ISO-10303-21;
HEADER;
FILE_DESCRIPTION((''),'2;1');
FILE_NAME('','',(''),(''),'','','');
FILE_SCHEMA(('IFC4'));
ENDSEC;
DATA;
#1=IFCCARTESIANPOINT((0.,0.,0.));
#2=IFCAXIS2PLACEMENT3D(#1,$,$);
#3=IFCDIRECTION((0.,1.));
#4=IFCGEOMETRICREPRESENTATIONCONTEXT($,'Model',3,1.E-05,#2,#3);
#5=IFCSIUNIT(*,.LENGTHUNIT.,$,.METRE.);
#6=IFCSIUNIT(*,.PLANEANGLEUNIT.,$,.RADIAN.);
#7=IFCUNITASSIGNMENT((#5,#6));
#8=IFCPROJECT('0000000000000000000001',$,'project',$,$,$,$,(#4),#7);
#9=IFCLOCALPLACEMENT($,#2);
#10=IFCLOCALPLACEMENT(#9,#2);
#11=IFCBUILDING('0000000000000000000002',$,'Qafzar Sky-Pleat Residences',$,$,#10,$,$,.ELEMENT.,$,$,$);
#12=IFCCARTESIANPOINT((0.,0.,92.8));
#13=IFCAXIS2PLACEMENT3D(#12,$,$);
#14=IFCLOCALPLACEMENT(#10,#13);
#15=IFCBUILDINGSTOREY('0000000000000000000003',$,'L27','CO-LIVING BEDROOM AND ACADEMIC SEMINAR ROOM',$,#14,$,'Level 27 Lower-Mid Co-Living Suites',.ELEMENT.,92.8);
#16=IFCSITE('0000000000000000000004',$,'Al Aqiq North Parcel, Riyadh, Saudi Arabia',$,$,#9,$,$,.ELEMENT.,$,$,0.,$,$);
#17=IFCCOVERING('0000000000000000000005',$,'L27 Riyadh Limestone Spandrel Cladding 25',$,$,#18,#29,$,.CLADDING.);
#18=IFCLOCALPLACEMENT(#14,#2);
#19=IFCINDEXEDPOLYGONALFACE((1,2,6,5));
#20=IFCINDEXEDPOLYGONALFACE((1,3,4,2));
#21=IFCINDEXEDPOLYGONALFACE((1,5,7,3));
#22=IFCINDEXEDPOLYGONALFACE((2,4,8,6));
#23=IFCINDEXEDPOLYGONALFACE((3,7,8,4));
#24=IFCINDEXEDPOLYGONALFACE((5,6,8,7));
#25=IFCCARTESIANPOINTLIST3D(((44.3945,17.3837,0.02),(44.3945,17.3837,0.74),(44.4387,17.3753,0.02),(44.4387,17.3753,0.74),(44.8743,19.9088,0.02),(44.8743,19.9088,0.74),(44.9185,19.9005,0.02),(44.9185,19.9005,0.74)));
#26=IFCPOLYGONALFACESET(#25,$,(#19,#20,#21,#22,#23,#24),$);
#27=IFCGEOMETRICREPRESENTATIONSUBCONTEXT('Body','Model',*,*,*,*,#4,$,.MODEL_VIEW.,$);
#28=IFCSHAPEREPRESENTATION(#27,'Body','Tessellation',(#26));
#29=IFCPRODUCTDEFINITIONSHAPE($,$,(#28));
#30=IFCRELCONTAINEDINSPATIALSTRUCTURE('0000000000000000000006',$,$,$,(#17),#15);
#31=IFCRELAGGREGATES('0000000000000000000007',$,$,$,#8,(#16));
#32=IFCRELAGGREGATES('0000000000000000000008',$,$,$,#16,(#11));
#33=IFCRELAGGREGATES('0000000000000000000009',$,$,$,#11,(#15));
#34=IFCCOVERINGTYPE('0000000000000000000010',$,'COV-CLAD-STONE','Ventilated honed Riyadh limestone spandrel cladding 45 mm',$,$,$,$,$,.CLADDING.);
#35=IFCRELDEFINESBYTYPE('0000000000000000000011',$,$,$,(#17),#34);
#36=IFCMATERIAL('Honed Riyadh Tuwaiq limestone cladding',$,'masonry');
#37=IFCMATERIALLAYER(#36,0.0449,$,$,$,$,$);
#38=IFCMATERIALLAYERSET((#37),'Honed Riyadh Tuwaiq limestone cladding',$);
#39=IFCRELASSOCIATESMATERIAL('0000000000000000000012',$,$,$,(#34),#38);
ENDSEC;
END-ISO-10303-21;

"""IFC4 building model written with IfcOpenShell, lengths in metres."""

from ifc_helpers import new_model, si_unit, direction, frame, origin, origin_2d, place, context, subcontext, project, spatial, rectangle, extrude, source, transform, mapped, material, layer, layer_set, type_object, element, save


model = new_model("IFC4")

# Units and contexts
model_context = context("Model", 3, precision=1e-05, world=origin(), true_north=direction((0.0, 1.0)))
body_context = subcontext(model_context, "Body", "Model", "MODEL_VIEW")
ifc_project = project(units=[si_unit("LENGTHUNIT", "METRE"), si_unit("PLANEANGLEUNIT", "RADIAN")], contexts=[model_context])

# Site, building, storey
site_placement = place(None, origin())
site = spatial("IfcSite", under=ifc_project, at=site_placement, Name="Al Aqiq North Parcel, Riyadh, Saudi Arabia", CompositionType="ELEMENT", RefElevation=0.0)
building_placement = place(site_placement, origin())
building = spatial("IfcBuilding", under=site, at=building_placement, Name="Qafzar Sky-Pleat Residences", CompositionType="ELEMENT")
storey_placement = place(building_placement, frame((0.0, 0.0, 92.8)))
storey = spatial("IfcBuildingStorey", under=building, at=storey_placement, Name="L27", Description="CO-LIVING BEDROOM AND ACADEMIC SEMINAR ROOM", LongName="Level 27 Lower-Mid Co-Living Suites", CompositionType="ELEMENT", Elevation=92.8)

# Covering
ifc_material_1 = material(Name="Honed Riyadh Tuwaiq limestone cladding", Category="masonry")
ifc_layer_1 = layer(ifc_material_1, 0.0449)
ifc_layer_set_1 = layer_set([ifc_layer_1], Name="Honed Riyadh Tuwaiq limestone cladding")
covering_type = type_object("IfcCoveringType", Name="COV-CLAD-STONE", Description="Ventilated honed Riyadh limestone spandrel cladding 45 mm", PredefinedType="CLADDING", material=ifc_layer_set_1)
shared_shape_1 = source(origin(), body_context, "Body", "SweptSolid", [
    extrude(rectangle(XDim=2.5703, YDim=0.0449, at=origin_2d()), origin(), (0.0, 0.0, 1.0), 0.72),
])
covering_placement = place(storey_placement, frame((44.6565, 18.6421, 0.02), z_axis=(0.0, 0.0, 1.0), x_axis=(0.186673, 0.982422, 0.0)))
element("IfcCovering", 1, at=covering_placement, inside=storey, type_object=covering_type, Name="L27 Riyadh Limestone Spandrel Cladding 25", PredefinedType="CLADDING", context=body_context, shape_type="MappedRepresentation", body=[
    mapped(shared_shape_1, transform((0.0, 0.0, 0.0), x_axis=(1.0, 0.0, 0.0), y_axis=(0.0, 1.0, 0.0), z_axis=(0.0, 0.0, 1.0), scale=1.0)),
])

save(model, "model.ifc")
